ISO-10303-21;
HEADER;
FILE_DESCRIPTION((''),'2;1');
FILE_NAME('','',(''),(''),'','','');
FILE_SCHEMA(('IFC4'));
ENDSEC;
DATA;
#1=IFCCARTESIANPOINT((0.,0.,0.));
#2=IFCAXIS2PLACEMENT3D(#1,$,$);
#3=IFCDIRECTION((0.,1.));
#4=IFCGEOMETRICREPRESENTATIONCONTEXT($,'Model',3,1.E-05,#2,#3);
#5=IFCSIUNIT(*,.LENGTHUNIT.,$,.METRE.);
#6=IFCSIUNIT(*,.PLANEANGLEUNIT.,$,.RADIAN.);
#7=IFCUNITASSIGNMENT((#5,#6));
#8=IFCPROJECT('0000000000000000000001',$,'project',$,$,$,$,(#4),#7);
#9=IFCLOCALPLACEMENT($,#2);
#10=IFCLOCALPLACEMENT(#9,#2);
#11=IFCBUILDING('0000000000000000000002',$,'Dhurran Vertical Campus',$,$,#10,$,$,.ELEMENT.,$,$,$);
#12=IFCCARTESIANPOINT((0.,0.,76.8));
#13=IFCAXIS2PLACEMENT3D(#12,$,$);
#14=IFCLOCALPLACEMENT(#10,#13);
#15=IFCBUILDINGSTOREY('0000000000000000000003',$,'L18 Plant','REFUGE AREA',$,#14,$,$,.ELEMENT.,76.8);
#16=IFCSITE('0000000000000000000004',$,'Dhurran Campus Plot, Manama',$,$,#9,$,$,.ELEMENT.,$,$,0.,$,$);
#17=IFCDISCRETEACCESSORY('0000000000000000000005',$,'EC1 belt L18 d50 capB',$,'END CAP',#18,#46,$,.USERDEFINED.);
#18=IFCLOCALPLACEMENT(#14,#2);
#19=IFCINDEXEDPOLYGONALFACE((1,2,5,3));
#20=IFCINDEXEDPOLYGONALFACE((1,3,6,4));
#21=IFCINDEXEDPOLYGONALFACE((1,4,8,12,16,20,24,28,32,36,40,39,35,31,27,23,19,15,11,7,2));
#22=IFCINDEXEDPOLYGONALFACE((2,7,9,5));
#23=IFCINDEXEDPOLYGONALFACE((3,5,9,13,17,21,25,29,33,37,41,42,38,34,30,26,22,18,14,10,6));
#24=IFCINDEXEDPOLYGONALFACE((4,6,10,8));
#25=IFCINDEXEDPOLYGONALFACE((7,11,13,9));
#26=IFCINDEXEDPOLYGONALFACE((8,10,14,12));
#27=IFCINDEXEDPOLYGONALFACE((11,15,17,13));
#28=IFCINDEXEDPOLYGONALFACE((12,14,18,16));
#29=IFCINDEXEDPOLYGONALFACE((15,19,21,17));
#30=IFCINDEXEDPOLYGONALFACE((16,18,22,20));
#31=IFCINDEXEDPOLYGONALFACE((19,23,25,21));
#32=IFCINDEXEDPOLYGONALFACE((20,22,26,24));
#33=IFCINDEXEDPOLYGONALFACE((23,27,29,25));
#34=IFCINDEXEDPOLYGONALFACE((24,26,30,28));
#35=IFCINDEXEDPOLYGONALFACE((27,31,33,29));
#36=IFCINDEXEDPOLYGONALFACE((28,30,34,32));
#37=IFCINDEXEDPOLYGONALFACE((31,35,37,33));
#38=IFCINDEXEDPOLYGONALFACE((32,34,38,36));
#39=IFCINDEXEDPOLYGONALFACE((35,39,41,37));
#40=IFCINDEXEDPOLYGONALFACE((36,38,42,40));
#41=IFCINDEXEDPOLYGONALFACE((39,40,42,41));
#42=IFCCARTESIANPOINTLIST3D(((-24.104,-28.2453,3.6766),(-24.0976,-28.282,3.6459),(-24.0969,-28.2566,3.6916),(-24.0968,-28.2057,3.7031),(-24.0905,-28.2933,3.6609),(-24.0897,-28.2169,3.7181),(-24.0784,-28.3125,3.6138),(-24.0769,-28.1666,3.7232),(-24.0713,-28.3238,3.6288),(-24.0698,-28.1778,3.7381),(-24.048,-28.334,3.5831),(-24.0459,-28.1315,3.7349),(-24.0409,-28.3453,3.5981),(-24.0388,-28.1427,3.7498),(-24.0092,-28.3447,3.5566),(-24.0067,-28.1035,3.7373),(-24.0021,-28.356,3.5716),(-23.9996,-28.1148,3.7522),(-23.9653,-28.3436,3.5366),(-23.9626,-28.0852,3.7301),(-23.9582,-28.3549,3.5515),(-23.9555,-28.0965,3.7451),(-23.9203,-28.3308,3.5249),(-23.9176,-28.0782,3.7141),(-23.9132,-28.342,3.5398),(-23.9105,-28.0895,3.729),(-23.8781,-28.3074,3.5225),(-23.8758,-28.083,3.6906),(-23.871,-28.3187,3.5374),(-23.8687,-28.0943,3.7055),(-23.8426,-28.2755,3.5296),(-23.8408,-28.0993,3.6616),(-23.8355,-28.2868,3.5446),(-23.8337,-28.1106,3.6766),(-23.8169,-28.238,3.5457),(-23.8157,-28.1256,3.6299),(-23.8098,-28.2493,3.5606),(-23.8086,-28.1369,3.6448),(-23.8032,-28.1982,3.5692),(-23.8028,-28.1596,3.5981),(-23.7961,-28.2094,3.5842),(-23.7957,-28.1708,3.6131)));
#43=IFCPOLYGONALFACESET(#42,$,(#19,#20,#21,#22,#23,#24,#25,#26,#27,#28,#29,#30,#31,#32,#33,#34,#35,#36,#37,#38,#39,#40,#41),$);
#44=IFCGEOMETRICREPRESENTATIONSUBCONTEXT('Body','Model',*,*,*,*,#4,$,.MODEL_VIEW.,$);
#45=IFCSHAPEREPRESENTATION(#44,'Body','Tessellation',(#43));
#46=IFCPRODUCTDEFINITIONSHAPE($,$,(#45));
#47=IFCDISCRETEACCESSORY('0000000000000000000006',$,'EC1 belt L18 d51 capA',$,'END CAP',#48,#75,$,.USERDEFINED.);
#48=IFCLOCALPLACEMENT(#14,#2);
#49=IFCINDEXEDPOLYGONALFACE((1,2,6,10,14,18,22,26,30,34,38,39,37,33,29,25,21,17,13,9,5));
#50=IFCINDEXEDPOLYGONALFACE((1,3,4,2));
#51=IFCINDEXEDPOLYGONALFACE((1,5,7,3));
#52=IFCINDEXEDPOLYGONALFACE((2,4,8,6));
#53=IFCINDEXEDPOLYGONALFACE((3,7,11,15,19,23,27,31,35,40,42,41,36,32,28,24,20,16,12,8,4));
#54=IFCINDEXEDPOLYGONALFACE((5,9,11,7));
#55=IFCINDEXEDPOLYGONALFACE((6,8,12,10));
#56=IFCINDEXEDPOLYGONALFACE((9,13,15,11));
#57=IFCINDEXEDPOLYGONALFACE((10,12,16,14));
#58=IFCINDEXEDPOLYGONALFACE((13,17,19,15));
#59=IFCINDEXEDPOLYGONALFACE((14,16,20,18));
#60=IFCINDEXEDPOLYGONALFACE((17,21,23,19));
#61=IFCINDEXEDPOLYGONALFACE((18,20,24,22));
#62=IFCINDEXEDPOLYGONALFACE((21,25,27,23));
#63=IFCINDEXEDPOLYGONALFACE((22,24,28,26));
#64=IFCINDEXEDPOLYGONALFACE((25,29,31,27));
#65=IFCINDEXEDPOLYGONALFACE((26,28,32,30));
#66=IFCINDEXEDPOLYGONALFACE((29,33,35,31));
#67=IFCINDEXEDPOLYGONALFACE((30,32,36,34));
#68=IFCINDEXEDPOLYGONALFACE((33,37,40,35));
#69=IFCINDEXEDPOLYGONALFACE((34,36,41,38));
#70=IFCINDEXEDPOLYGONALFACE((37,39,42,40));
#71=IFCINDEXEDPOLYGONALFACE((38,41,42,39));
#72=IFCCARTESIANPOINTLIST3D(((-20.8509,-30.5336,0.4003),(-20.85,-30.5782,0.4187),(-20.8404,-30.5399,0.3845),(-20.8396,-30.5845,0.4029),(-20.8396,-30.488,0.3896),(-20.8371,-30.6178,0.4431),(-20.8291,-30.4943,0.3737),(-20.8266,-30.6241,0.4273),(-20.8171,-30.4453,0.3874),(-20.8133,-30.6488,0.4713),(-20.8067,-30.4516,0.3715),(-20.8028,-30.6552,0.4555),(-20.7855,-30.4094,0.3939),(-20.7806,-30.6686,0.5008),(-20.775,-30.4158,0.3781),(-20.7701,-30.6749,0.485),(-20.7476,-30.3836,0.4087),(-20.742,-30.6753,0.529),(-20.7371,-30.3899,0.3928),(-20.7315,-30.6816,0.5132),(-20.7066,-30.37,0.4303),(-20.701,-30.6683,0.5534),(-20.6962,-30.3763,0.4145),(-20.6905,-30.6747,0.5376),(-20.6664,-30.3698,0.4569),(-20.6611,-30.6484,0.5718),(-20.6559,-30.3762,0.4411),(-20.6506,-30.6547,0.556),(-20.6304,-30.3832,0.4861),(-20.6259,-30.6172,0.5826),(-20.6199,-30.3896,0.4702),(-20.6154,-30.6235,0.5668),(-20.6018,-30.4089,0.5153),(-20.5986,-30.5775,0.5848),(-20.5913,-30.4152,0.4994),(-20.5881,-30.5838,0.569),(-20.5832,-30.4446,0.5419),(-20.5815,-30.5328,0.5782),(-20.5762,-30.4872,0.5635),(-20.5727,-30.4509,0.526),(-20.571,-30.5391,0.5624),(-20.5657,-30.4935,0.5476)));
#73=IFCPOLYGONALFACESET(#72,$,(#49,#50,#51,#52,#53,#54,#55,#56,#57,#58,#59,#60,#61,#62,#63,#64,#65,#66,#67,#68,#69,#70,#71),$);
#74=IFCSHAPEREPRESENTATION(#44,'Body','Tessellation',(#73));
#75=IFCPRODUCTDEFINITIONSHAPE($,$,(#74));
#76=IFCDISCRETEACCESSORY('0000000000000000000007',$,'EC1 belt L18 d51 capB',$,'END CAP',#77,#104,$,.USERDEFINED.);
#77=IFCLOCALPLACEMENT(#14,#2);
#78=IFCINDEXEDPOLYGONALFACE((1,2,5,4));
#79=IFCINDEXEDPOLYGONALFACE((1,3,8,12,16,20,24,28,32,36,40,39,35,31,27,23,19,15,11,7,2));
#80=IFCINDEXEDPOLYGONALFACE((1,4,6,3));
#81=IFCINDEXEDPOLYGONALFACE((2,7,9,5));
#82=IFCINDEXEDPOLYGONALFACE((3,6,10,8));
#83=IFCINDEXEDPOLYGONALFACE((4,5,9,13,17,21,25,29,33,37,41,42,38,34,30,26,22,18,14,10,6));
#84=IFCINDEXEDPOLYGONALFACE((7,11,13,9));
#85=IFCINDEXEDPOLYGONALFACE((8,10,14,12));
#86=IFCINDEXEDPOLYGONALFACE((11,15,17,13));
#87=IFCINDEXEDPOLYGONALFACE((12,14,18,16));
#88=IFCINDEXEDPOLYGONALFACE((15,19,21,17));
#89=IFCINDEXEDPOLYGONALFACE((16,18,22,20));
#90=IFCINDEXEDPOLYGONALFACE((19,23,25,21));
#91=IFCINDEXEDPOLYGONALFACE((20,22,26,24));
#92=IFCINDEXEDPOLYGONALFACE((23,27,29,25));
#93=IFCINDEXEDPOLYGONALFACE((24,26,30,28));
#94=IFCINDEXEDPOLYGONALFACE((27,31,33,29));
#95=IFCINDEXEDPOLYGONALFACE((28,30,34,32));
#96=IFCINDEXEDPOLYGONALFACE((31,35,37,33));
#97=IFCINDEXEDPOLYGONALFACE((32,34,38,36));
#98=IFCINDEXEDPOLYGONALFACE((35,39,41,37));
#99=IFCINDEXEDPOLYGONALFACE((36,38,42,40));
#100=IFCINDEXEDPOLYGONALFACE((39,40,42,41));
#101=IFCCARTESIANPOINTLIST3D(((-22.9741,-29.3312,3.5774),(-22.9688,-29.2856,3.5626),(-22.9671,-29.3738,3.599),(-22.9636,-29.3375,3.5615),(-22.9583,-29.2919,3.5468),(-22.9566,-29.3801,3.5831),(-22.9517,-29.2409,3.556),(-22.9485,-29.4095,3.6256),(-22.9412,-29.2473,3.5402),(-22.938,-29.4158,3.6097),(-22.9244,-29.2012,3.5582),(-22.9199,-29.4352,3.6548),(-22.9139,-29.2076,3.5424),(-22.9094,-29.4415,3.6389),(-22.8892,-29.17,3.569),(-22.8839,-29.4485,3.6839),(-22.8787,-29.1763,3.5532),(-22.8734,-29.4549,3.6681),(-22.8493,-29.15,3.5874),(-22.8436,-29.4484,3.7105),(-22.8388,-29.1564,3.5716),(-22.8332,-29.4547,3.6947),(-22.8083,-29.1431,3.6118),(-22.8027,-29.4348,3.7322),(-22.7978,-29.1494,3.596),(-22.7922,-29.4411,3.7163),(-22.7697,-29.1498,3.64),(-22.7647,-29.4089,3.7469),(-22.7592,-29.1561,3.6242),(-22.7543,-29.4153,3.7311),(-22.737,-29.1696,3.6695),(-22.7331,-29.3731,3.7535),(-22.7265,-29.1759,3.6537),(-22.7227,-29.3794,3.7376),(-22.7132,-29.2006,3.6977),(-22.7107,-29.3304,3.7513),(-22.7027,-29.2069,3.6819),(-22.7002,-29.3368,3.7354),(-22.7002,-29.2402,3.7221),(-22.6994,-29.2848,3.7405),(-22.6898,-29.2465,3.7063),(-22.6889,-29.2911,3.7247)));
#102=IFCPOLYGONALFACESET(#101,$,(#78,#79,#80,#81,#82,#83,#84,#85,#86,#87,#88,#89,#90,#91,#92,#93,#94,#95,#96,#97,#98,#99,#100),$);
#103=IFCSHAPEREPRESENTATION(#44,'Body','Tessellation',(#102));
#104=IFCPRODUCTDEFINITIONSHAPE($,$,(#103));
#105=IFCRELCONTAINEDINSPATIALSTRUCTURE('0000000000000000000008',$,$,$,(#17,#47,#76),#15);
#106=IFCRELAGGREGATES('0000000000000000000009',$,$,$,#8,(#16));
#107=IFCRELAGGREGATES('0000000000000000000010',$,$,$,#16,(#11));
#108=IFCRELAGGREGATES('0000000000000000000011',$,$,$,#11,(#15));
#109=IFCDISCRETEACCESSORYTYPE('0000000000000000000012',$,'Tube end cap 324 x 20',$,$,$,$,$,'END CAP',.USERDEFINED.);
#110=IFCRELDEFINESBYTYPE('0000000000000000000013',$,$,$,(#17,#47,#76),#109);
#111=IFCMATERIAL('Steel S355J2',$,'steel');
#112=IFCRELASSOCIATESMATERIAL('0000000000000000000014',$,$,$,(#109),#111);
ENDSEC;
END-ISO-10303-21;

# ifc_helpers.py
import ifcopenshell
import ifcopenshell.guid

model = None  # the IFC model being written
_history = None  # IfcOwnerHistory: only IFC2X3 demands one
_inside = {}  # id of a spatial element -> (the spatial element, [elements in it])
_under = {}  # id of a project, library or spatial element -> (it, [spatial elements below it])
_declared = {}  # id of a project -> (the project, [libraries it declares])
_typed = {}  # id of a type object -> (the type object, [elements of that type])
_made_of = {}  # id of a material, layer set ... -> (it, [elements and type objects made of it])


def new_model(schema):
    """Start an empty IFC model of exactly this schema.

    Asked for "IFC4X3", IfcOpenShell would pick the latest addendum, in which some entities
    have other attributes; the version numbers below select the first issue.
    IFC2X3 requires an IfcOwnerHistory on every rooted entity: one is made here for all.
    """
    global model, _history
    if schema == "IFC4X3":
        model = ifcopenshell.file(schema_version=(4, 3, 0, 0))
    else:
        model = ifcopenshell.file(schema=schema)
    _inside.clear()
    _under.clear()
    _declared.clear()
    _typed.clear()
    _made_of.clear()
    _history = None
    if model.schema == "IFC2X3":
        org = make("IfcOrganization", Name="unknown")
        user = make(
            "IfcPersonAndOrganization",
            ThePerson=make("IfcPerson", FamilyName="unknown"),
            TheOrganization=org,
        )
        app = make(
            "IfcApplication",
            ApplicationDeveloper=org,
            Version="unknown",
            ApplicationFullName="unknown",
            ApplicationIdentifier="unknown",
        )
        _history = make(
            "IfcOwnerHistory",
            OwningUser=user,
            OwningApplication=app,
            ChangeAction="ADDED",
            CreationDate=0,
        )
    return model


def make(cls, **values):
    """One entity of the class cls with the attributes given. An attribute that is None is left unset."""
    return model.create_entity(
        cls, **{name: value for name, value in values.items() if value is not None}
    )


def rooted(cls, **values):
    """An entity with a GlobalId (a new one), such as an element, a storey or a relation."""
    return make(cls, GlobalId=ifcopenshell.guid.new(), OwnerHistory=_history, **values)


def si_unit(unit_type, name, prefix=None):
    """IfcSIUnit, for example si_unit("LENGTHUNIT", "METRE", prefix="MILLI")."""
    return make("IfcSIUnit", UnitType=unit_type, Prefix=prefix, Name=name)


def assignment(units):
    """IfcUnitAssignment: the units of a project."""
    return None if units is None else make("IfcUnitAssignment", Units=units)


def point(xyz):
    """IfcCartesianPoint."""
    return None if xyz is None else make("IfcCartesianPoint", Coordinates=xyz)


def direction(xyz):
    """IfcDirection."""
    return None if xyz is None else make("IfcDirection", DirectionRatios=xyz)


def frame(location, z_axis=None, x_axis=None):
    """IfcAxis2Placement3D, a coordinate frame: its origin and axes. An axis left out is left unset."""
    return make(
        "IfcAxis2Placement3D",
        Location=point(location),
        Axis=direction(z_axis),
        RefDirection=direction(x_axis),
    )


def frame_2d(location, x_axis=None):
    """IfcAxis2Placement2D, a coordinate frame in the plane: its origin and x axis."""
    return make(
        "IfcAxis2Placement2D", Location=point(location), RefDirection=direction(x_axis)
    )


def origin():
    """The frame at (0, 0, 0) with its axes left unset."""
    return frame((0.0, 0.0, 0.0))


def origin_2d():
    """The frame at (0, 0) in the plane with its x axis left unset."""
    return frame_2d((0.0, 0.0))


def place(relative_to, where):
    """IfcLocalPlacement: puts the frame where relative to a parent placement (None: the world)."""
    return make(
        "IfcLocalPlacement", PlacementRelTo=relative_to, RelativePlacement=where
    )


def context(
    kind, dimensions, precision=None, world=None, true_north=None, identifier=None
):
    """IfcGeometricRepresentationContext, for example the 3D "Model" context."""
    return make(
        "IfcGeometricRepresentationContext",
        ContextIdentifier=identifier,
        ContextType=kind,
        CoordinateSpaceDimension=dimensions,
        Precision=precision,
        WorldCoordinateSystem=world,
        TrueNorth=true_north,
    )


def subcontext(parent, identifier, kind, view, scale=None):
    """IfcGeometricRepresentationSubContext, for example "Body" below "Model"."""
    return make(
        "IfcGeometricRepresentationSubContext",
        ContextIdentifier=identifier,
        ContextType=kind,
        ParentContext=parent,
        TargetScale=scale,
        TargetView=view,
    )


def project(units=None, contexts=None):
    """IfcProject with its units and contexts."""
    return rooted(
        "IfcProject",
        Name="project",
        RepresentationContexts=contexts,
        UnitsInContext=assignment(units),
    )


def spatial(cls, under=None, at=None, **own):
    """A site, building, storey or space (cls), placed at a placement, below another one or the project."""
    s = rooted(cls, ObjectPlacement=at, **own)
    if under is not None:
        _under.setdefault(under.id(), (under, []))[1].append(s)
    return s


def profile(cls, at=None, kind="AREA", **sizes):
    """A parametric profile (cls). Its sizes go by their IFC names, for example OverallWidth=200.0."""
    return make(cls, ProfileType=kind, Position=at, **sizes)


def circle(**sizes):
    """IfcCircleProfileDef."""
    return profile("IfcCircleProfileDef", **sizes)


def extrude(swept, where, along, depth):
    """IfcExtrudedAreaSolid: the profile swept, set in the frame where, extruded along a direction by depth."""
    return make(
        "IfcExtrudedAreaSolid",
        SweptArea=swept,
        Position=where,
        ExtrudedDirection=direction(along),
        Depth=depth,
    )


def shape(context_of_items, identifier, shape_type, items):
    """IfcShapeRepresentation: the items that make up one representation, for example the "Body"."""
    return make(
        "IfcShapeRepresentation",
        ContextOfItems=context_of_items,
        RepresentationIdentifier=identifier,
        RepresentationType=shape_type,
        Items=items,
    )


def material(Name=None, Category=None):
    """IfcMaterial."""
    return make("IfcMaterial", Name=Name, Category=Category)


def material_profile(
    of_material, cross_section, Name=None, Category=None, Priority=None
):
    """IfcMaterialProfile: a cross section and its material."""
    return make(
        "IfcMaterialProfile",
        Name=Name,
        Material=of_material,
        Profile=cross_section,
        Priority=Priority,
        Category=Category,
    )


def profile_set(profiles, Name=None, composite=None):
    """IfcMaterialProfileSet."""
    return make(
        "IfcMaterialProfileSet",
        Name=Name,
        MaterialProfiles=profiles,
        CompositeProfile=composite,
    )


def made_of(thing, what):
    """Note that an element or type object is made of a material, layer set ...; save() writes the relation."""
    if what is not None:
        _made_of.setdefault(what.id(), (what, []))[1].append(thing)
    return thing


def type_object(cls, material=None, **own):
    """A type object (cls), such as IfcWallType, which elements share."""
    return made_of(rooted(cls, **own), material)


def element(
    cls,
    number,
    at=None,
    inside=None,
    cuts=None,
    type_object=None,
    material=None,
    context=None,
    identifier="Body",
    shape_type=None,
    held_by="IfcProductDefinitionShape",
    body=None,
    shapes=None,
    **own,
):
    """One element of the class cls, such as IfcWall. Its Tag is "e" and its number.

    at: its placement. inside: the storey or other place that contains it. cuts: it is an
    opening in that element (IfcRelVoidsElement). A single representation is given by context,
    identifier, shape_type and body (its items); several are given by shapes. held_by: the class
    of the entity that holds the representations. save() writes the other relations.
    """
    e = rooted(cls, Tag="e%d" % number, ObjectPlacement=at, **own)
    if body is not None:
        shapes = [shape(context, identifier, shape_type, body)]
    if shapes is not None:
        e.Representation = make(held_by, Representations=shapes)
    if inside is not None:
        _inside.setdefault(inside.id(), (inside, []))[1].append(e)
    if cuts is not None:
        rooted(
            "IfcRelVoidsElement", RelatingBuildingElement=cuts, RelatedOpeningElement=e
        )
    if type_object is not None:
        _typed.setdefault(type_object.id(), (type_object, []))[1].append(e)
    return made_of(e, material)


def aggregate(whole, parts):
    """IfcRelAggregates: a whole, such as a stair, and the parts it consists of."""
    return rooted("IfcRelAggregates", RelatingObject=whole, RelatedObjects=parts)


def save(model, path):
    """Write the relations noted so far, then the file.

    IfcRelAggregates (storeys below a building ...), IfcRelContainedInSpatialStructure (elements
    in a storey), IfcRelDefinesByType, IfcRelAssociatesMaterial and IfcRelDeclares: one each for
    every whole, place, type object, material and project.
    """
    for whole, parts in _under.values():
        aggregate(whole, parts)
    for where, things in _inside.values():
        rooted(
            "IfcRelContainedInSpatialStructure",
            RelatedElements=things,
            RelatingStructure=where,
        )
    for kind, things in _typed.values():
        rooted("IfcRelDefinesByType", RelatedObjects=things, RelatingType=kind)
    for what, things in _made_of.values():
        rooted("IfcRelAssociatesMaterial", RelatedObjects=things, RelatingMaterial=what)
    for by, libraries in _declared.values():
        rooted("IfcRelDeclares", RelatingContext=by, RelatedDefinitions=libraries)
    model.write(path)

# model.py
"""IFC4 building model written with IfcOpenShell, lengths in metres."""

from ifc_helpers import new_model, si_unit, direction, frame, origin, origin_2d, place, context, subcontext, project, spatial, circle, extrude, material, material_profile, profile_set, type_object, element, save


model = new_model("IFC4")

# Units and contexts
model_context = context("Model", 3, precision=1e-05, world=origin(), true_north=direction((0.0, 1.0)))
body_context = subcontext(model_context, "Body", "Model", "MODEL_VIEW")
ifc_project = project(units=[si_unit("LENGTHUNIT", "METRE"), si_unit("PLANEANGLEUNIT", "RADIAN")], contexts=[model_context])

# Site, building, storey
site_placement = place(None, origin())
site = spatial("IfcSite", under=ifc_project, at=site_placement, Name="Dhurran Campus Plot, Manama", CompositionType="ELEMENT", RefElevation=0.0)
building_placement = place(site_placement, origin())
building = spatial("IfcBuilding", under=site, at=building_placement, Name="Dhurran Vertical Campus", CompositionType="ELEMENT")
storey_placement = place(building_placement, frame((0.0, 0.0, 76.8)))
storey = spatial("IfcBuildingStorey", under=building, at=storey_placement, Name="L18 Plant", Description="REFUGE AREA", CompositionType="ELEMENT", Elevation=76.8)

# Discrete accessories
ifc_material_1 = material(Name="Steel S355J2", Category="steel")
ifc_material_profile_1 = material_profile(ifc_material_1, circle(Radius=0.1619, at=origin_2d()), Name="Tube end cap 324 x 20")
ifc_profile_set_1 = profile_set([ifc_material_profile_1], Name="Steel S355J2")
discrete_accessory_type = type_object("IfcDiscreteAccessoryType", Name="Tube end cap 324 x 20", ElementType="END CAP", PredefinedType="USERDEFINED", material=ifc_profile_set_1)
for number, where, z_axis, x_axis, name in (
    (1, (-23.9526, -28.2119, 3.6299), (0.354874, -0.562904, 0.74646), (0.845926, 0.533301, 0.0), "EC1 belt L18 d50 capB"),
    (2, (-20.7141, -30.5217, 0.4861), (0.523379, -0.316462, -0.791155), (0.517419, 0.855732, 0.0), "EC1 belt L18 d51 capA"),
    (3, (-22.8257, -29.303, 3.6389), (-0.523379, 0.316462, 0.791155), (-0.517419, -0.855732, 0.0), "EC1 belt L18 d51 capB"),
):
    element("IfcDiscreteAccessory", number, at=place(storey_placement, frame(where, z_axis=z_axis, x_axis=x_axis)), inside=storey, type_object=discrete_accessory_type, Name=name, ObjectType="END CAP", PredefinedType="USERDEFINED", context=body_context, shape_type="SweptSolid", body=[
        extrude(circle(Radius=0.1619, at=origin_2d()), origin(), (0.0, 0.0, 1.0), 0.02),
    ])

save(model, "model.ifc")
